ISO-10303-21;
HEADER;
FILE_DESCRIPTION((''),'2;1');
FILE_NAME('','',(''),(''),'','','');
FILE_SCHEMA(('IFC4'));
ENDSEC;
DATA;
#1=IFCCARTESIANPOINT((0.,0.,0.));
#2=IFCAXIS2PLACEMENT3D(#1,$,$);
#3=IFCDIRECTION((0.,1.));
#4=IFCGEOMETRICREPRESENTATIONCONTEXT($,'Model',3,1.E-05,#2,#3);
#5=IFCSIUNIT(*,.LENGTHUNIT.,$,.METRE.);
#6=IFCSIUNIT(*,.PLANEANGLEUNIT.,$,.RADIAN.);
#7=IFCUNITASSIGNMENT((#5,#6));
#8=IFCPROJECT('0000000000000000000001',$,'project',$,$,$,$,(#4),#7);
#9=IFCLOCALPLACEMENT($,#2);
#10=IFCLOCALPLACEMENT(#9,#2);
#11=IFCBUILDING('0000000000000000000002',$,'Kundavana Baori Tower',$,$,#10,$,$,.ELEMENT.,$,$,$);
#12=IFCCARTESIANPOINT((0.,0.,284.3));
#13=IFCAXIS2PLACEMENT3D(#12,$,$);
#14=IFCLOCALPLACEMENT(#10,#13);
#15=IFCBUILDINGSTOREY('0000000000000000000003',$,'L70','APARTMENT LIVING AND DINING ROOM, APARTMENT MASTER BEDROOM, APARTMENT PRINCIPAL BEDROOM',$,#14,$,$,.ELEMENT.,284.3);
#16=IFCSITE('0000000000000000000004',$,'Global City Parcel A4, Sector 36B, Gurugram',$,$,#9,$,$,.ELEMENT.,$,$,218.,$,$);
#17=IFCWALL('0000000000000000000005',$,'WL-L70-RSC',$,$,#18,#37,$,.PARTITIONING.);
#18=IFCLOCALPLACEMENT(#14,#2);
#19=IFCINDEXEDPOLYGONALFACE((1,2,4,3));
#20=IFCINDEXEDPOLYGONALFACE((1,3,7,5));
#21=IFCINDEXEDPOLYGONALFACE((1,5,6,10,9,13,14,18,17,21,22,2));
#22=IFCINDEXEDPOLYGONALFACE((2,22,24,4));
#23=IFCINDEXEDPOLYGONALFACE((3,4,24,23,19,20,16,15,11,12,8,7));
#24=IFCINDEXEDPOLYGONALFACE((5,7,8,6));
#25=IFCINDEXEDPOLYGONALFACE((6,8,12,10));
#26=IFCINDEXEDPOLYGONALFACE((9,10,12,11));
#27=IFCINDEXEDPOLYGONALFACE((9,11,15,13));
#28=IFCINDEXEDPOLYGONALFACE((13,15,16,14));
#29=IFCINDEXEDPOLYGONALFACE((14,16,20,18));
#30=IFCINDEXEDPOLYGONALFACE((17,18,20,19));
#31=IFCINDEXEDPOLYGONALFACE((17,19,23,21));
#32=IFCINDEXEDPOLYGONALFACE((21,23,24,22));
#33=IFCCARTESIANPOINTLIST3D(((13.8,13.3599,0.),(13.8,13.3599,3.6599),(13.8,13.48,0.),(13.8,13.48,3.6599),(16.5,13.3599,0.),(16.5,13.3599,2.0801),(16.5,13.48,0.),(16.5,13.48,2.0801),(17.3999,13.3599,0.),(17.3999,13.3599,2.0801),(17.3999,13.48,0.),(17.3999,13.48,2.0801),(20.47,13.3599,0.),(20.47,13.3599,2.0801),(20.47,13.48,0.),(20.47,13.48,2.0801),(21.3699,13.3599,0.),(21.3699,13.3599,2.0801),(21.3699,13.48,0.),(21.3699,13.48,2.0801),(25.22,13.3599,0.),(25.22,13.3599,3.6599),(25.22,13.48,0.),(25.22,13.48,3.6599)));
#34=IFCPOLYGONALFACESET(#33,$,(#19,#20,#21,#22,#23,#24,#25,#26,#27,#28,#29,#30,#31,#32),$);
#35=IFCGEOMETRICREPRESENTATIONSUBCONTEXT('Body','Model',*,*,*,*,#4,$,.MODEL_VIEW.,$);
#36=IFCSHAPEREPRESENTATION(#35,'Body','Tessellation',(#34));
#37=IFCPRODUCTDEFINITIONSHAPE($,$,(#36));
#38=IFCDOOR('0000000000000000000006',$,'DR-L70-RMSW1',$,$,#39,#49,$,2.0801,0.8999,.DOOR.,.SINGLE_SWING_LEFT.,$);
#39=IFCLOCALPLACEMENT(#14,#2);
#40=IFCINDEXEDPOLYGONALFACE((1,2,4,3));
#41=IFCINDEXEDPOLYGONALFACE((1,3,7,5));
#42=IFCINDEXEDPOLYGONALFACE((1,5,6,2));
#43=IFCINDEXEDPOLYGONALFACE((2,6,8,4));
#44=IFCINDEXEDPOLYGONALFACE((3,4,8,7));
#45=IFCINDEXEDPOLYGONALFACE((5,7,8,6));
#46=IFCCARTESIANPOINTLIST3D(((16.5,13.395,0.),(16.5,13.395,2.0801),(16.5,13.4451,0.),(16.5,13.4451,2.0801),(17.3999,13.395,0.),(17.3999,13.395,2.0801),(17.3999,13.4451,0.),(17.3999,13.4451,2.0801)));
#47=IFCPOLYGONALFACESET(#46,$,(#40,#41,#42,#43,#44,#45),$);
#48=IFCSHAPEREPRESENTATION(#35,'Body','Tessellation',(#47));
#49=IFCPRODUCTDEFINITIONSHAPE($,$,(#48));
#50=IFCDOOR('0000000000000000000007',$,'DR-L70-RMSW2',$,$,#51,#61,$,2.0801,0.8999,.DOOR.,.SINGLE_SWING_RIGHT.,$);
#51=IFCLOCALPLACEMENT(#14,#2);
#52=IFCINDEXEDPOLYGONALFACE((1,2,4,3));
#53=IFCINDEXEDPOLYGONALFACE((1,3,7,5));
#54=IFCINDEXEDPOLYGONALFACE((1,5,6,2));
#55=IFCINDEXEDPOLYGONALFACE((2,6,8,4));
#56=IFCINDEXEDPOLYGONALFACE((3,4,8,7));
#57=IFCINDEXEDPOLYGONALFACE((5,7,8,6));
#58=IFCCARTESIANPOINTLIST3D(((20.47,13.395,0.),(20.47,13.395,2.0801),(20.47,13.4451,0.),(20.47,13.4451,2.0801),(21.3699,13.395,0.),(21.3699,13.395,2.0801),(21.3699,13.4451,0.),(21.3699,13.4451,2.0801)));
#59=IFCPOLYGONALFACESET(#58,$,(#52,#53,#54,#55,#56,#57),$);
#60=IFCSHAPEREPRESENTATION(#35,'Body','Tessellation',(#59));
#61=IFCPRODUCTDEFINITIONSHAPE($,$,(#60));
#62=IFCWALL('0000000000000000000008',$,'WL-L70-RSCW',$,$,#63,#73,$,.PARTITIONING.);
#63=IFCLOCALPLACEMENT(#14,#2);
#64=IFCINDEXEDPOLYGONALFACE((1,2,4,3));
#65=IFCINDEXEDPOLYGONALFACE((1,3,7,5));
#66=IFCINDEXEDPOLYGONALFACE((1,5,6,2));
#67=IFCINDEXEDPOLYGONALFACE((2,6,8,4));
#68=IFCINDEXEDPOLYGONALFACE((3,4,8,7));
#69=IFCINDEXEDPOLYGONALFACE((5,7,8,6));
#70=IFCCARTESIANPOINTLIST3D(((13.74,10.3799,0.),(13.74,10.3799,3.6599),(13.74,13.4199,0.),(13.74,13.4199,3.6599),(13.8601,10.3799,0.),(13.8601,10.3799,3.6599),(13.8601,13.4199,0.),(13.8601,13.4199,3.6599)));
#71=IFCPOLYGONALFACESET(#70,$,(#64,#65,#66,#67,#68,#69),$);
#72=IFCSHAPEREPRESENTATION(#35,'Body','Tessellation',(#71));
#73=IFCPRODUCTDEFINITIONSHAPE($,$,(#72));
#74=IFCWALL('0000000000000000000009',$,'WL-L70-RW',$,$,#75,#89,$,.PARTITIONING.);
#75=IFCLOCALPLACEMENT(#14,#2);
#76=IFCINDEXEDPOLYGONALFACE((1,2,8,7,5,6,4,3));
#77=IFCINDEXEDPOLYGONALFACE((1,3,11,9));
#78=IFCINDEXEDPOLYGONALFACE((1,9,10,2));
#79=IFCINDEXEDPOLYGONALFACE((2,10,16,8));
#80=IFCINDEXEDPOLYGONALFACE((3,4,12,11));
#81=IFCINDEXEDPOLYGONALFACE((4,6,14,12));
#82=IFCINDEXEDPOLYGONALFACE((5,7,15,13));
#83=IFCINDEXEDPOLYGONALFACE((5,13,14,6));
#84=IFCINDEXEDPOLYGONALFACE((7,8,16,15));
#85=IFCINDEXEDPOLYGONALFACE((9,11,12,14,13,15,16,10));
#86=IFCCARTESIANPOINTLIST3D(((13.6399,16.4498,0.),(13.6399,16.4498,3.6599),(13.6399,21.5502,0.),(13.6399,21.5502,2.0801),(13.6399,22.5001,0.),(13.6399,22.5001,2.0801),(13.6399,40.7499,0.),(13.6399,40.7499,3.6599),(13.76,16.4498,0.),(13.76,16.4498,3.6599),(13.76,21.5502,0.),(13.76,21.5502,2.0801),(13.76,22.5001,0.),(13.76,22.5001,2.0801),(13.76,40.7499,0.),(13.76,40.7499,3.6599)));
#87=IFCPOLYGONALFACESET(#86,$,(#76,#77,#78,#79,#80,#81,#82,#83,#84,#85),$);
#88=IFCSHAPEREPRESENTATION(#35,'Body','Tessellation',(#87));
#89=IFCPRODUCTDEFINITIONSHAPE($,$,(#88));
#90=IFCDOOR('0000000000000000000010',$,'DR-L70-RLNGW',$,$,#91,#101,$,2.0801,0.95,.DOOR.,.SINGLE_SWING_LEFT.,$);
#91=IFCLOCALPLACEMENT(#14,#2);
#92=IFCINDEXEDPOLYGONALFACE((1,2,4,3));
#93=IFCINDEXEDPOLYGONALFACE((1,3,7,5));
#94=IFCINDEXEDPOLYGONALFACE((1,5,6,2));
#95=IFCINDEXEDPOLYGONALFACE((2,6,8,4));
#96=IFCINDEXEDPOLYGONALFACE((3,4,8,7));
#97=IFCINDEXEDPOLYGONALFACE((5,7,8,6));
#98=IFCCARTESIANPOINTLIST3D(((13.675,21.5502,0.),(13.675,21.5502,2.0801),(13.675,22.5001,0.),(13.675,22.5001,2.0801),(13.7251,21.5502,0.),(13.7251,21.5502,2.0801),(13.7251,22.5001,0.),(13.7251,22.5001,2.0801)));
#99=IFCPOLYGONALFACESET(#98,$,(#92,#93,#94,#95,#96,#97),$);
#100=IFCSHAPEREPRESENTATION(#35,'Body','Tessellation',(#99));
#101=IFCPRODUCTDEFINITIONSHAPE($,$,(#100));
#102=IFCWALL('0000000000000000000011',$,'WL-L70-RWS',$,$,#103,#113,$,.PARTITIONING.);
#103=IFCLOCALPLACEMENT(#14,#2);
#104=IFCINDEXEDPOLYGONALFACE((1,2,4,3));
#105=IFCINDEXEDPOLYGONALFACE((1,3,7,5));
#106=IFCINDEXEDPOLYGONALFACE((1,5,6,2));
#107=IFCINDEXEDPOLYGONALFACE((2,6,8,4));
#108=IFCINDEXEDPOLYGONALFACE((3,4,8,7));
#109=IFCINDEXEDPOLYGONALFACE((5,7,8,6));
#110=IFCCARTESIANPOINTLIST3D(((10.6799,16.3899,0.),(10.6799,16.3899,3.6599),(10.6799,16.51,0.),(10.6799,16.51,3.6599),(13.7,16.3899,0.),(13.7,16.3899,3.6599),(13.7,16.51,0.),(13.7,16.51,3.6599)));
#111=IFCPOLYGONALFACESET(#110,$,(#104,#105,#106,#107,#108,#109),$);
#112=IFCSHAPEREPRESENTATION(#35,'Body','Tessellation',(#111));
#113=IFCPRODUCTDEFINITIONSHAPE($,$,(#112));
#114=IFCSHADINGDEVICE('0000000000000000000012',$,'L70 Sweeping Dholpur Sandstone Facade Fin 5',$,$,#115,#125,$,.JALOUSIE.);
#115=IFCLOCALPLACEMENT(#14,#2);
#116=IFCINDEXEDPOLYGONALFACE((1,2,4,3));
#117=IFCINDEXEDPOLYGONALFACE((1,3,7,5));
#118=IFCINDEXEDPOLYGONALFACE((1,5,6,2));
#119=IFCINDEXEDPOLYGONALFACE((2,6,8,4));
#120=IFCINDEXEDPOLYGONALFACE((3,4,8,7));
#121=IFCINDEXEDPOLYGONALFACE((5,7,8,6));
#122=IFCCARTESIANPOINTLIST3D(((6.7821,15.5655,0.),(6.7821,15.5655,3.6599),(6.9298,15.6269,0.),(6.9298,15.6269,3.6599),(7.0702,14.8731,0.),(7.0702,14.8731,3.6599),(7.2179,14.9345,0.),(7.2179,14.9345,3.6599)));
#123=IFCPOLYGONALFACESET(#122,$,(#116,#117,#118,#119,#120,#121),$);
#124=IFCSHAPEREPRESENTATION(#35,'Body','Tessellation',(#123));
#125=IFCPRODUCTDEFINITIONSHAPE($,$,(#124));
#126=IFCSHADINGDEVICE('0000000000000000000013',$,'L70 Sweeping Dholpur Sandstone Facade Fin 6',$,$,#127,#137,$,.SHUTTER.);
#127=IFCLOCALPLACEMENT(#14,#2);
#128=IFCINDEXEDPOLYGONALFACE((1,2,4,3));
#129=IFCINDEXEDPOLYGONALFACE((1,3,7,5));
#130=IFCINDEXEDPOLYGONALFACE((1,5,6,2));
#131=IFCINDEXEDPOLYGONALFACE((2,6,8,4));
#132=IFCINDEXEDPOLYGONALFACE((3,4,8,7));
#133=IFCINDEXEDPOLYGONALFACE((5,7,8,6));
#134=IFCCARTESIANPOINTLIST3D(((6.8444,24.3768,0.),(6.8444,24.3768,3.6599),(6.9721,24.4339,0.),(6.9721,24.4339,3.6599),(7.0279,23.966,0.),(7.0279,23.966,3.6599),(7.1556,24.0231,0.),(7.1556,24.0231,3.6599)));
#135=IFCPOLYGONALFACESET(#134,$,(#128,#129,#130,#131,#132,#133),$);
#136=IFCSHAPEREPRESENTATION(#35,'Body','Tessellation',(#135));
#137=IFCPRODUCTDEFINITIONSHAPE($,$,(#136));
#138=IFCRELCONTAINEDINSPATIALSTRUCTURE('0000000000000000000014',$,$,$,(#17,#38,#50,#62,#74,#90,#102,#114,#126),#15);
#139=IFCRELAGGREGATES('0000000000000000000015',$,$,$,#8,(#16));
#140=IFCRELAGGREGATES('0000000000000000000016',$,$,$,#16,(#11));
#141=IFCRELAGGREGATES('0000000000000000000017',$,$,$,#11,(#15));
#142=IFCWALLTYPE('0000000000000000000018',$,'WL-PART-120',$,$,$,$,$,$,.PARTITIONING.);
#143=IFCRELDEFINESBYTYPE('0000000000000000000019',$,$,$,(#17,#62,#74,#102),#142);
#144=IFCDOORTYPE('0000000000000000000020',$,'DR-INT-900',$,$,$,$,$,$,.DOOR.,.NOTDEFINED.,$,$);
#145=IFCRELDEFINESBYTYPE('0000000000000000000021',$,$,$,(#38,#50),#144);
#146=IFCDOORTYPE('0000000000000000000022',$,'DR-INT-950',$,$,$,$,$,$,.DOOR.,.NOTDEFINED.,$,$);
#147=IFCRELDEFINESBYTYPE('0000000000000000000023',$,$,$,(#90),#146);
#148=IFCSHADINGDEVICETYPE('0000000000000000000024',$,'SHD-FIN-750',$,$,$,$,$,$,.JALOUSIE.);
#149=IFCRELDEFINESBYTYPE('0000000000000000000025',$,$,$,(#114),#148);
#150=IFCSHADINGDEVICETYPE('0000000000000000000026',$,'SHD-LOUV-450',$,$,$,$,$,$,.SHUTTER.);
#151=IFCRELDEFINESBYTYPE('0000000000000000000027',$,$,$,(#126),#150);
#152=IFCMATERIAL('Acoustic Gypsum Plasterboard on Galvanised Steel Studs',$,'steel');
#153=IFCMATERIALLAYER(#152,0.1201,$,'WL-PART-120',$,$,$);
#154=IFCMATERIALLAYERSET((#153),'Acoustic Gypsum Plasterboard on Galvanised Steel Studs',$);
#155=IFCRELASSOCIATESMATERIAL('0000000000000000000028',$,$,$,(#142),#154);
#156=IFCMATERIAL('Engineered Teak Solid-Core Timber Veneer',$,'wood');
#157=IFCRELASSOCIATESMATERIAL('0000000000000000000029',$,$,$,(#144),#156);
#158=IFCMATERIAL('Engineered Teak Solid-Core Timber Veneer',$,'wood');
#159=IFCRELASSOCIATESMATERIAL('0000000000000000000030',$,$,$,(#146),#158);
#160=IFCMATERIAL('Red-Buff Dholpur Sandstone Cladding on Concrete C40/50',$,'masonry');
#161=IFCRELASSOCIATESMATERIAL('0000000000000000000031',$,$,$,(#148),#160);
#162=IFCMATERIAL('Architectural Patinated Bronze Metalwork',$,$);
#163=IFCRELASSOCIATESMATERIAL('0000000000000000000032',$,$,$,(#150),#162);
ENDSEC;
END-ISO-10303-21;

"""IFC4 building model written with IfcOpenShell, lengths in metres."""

from ifc_helpers import new_model, si_unit, direction, frame, frame_2d, origin, origin_2d, place, context, subcontext, project, spatial, rectangle, extrude, material, layer, layer_set, type_object, element, fill, save


model = new_model("IFC4")

# Units and contexts
model_context = context("Model", 3, precision=1e-05, world=origin(), true_north=direction((0.0, 1.0)))
body_context = subcontext(model_context, "Body", "Model", "MODEL_VIEW")
ifc_project = project(units=[si_unit("LENGTHUNIT", "METRE"), si_unit("PLANEANGLEUNIT", "RADIAN")], contexts=[model_context])

# Site, building, storey
site_placement = place(None, origin())
site = spatial("IfcSite", under=ifc_project, at=site_placement, Name="Global City Parcel A4, Sector 36B, Gurugram", CompositionType="ELEMENT", RefElevation=218.0)
building_placement = place(site_placement, origin())
building = spatial("IfcBuilding", under=site, at=building_placement, Name="Kundavana Baori Tower", CompositionType="ELEMENT")
storey_placement = place(building_placement, frame((0.0, 0.0, 284.3)))
storey = spatial("IfcBuildingStorey", under=building, at=storey_placement, Name="L70", Description="APARTMENT LIVING AND DINING ROOM, APARTMENT MASTER BEDROOM, APARTMENT PRINCIPAL BEDROOM", CompositionType="ELEMENT", Elevation=284.3)

# Wall, openings, doors
ifc_material_1 = material(Name="Acoustic Gypsum Plasterboard on Galvanised Steel Studs", Category="steel")
ifc_layer_1 = layer(ifc_material_1, 0.1201, Name="WL-PART-120")
ifc_layer_set_1 = layer_set([ifc_layer_1], Name="Acoustic Gypsum Plasterboard on Galvanised Steel Studs")
wall_type_1 = type_object("IfcWallType", Name="WL-PART-120", PredefinedType="PARTITIONING", material=ifc_layer_set_1)
wall_1_placement = place(storey_placement, frame((13.8, 13.4199, 0.0), z_axis=(0.0, 0.0, 1.0), x_axis=(1.0, 0.0, 0.0)))
wall_1 = element("IfcWall", 1, at=wall_1_placement, inside=storey, type_object=wall_type_1, Name="WL-L70-RSC", PredefinedType="PARTITIONING", context=body_context, shape_type="SweptSolid", body=[
    extrude(rectangle(XDim=11.4199, YDim=0.1201, at=frame_2d((5.71, 0.0))), origin(), (0.0, 0.0, 1.0), 3.6599),
])
opening_1_placement = place(wall_1_placement, frame((2.7, 0.0, 0.0)))
opening_1 = element("IfcOpeningElement", 2, at=opening_1_placement, cuts=wall_1, PredefinedType="OPENING", context=body_context, shape_type="SweptSolid", body=[
    extrude(rectangle(XDim=0.8999, YDim=2.0801, at=frame_2d((0.45, 1.04))), frame((0.0, 0.0701, 0.0), z_axis=(0.0, -1.0, 0.0), x_axis=(1.0, 0.0, 0.0)), (0.0, 0.0, 1.0), 0.1401),
])
opening_2_placement = place(wall_1_placement, frame((6.6699, 0.0, 0.0)))
opening_2 = element("IfcOpeningElement", 3, at=opening_2_placement, cuts=wall_1, PredefinedType="OPENING", context=body_context, shape_type="SweptSolid", body=[
    extrude(rectangle(XDim=0.8999, YDim=2.0801, at=frame_2d((0.45, 1.04))), frame((0.0, 0.0701, 0.0), z_axis=(0.0, -1.0, 0.0), x_axis=(1.0, 0.0, 0.0)), (0.0, 0.0, 1.0), 0.1401),
])
ifc_material_2 = material(Name="Engineered Teak Solid-Core Timber Veneer", Category="wood")
door_type_1 = type_object("IfcDoorType", Name="DR-INT-900", OperationType="NOTDEFINED", PredefinedType="DOOR", material=ifc_material_2)
door_1_placement = place(opening_1_placement, frame((0.8999, 0.0, 0.0), z_axis=(0.0, 0.0, 1.0), x_axis=(-1.0, 0.0, 0.0)))
door_1 = element("IfcDoor", 4, at=door_1_placement, inside=storey, type_object=door_type_1, Name="DR-L70-RMSW1", OperationType="SINGLE_SWING_LEFT", OverallHeight=2.0801, OverallWidth=0.8999, PredefinedType="DOOR", context=body_context, shape_type="SweptSolid", body=[
    extrude(rectangle(XDim=0.8999, YDim=2.0801, at=frame_2d((0.45, 1.04))), frame((0.0, 0.0249, 0.0), z_axis=(0.0, -1.0, 0.0), x_axis=(1.0, 0.0, 0.0)), (0.0, 0.0, 1.0), 0.05),
])
fill(opening_1, door_1)
door_2_placement = place(opening_2_placement, frame((0.8999, 0.0, 0.0), z_axis=(0.0, 0.0, 1.0), x_axis=(-1.0, 0.0, 0.0)))
door_2 = element("IfcDoor", 5, at=door_2_placement, inside=storey, type_object=door_type_1, Name="DR-L70-RMSW2", OperationType="SINGLE_SWING_RIGHT", OverallHeight=2.0801, OverallWidth=0.8999, PredefinedType="DOOR", context=body_context, shape_type="SweptSolid", body=[
    extrude(rectangle(XDim=0.8999, YDim=2.0801, at=frame_2d((0.45, 1.04))), frame((0.0, 0.0249, 0.0), z_axis=(0.0, -1.0, 0.0), x_axis=(1.0, 0.0, 0.0)), (0.0, 0.0, 1.0), 0.05),
])
fill(opening_2, door_2)

# Wall
wall_2_placement = place(storey_placement, frame((13.8, 10.3799, 0.0), z_axis=(0.0, 0.0, 1.0), x_axis=(0.0, 1.0, 0.0)))
element("IfcWall", 6, at=wall_2_placement, inside=storey, type_object=wall_type_1, Name="WL-L70-RSCW", PredefinedType="PARTITIONING", context=body_context, shape_type="SweptSolid", body=[
    extrude(rectangle(XDim=3.04, YDim=0.1201, at=frame_2d((1.52, 0.0))), origin(), (0.0, 0.0, 1.0), 3.6599),
])

# Wall, opening, door
wall_3_placement = place(storey_placement, frame((13.7, 16.45, 0.0), z_axis=(0.0, 0.0, 1.0), x_axis=(0.0, 1.0, 0.0)))
wall_3 = element("IfcWall", 7, at=wall_3_placement, inside=storey, type_object=wall_type_1, Name="WL-L70-RW", PredefinedType="PARTITIONING", context=body_context, shape_type="SweptSolid", body=[
    extrude(rectangle(XDim=24.3, YDim=0.1201, at=frame_2d((12.1499, 0.0))), origin(), (0.0, 0.0, 1.0), 3.6599),
])
opening_3_placement = place(wall_3_placement, frame((5.1001, 0.0, 0.0)))
opening_3 = element("IfcOpeningElement", 8, at=opening_3_placement, cuts=wall_3, PredefinedType="OPENING", context=body_context, shape_type="SweptSolid", body=[
    extrude(rectangle(XDim=0.95, YDim=2.0801, at=frame_2d((0.4751, 1.04))), frame((0.0, 0.0701, 0.0), z_axis=(0.0, -1.0, 0.0), x_axis=(1.0, 0.0, 0.0)), (0.0, 0.0, 1.0), 0.1401),
])
ifc_material_3 = material(Name="Engineered Teak Solid-Core Timber Veneer", Category="wood")
door_type_2 = type_object("IfcDoorType", Name="DR-INT-950", OperationType="NOTDEFINED", PredefinedType="DOOR", material=ifc_material_3)
door_3_placement = place(opening_3_placement, origin())
door_3 = element("IfcDoor", 9, at=door_3_placement, inside=storey, type_object=door_type_2, Name="DR-L70-RLNGW", OperationType="SINGLE_SWING_LEFT", OverallHeight=2.0801, OverallWidth=0.95, PredefinedType="DOOR", context=body_context, shape_type="SweptSolid", body=[
    extrude(rectangle(XDim=0.95, YDim=2.0801, at=frame_2d((0.4751, 1.04))), frame((0.0, 0.0249, 0.0), z_axis=(0.0, -1.0, 0.0), x_axis=(1.0, 0.0, 0.0)), (0.0, 0.0, 1.0), 0.05),
])
fill(opening_3, door_3)

# Wall
wall_4_placement = place(storey_placement, frame((10.6799, 16.45, 0.0), z_axis=(0.0, 0.0, 1.0), x_axis=(1.0, 0.0, 0.0)))
element("IfcWall", 10, at=wall_4_placement, inside=storey, type_object=wall_type_1, Name="WL-L70-RWS", PredefinedType="PARTITIONING", context=body_context, shape_type="SweptSolid", body=[
    extrude(rectangle(XDim=3.02, YDim=0.1201, at=frame_2d((1.51, 0.0))), origin(), (0.0, 0.0, 1.0), 3.6599),
])

# Shading devices
ifc_material_4 = material(Name="Red-Buff Dholpur Sandstone Cladding on Concrete C40/50", Category="masonry")
shading_device_type_1 = type_object("IfcShadingDeviceType", Name="SHD-FIN-750", PredefinedType="JALOUSIE", material=ifc_material_4)
shading_device_1_placement = place(storey_placement, frame((7.0, 15.25, 0.0), z_axis=(0.0, 0.0, 1.0), x_axis=(0.923277, 0.384134, 0.0)))
element("IfcShadingDevice", 11, at=shading_device_1_placement, inside=storey, type_object=shading_device_type_1, Name="L70 Sweeping Dholpur Sandstone Facade Fin 5", PredefinedType="JALOUSIE", context=body_context, shape_type="SweptSolid", body=[
    extrude(rectangle(XDim=0.1599, YDim=0.75, at=origin_2d()), origin(), (0.0, 0.0, 1.0), 3.6599),
])
ifc_material_5 = material(Name="Architectural Patinated Bronze Metalwork")
shading_device_type_2 = type_object("IfcShadingDeviceType", Name="SHD-LOUV-450", PredefinedType="SHUTTER", material=ifc_material_5)
shading_device_2_placement = place(storey_placement, frame((7.0, 24.2, 0.0), z_axis=(0.0, 0.0, 1.0), x_axis=(0.913048, 0.407852, 0.0)))
element("IfcShadingDevice", 12, at=shading_device_2_placement, inside=storey, type_object=shading_device_type_2, Name="L70 Sweeping Dholpur Sandstone Facade Fin 6", PredefinedType="SHUTTER", context=body_context, shape_type="SweptSolid", body=[
    extrude(rectangle(XDim=0.1399, YDim=0.45, at=origin_2d()), origin(), (0.0, 0.0, 1.0), 3.6599),
])

save(model, "model.ifc")
